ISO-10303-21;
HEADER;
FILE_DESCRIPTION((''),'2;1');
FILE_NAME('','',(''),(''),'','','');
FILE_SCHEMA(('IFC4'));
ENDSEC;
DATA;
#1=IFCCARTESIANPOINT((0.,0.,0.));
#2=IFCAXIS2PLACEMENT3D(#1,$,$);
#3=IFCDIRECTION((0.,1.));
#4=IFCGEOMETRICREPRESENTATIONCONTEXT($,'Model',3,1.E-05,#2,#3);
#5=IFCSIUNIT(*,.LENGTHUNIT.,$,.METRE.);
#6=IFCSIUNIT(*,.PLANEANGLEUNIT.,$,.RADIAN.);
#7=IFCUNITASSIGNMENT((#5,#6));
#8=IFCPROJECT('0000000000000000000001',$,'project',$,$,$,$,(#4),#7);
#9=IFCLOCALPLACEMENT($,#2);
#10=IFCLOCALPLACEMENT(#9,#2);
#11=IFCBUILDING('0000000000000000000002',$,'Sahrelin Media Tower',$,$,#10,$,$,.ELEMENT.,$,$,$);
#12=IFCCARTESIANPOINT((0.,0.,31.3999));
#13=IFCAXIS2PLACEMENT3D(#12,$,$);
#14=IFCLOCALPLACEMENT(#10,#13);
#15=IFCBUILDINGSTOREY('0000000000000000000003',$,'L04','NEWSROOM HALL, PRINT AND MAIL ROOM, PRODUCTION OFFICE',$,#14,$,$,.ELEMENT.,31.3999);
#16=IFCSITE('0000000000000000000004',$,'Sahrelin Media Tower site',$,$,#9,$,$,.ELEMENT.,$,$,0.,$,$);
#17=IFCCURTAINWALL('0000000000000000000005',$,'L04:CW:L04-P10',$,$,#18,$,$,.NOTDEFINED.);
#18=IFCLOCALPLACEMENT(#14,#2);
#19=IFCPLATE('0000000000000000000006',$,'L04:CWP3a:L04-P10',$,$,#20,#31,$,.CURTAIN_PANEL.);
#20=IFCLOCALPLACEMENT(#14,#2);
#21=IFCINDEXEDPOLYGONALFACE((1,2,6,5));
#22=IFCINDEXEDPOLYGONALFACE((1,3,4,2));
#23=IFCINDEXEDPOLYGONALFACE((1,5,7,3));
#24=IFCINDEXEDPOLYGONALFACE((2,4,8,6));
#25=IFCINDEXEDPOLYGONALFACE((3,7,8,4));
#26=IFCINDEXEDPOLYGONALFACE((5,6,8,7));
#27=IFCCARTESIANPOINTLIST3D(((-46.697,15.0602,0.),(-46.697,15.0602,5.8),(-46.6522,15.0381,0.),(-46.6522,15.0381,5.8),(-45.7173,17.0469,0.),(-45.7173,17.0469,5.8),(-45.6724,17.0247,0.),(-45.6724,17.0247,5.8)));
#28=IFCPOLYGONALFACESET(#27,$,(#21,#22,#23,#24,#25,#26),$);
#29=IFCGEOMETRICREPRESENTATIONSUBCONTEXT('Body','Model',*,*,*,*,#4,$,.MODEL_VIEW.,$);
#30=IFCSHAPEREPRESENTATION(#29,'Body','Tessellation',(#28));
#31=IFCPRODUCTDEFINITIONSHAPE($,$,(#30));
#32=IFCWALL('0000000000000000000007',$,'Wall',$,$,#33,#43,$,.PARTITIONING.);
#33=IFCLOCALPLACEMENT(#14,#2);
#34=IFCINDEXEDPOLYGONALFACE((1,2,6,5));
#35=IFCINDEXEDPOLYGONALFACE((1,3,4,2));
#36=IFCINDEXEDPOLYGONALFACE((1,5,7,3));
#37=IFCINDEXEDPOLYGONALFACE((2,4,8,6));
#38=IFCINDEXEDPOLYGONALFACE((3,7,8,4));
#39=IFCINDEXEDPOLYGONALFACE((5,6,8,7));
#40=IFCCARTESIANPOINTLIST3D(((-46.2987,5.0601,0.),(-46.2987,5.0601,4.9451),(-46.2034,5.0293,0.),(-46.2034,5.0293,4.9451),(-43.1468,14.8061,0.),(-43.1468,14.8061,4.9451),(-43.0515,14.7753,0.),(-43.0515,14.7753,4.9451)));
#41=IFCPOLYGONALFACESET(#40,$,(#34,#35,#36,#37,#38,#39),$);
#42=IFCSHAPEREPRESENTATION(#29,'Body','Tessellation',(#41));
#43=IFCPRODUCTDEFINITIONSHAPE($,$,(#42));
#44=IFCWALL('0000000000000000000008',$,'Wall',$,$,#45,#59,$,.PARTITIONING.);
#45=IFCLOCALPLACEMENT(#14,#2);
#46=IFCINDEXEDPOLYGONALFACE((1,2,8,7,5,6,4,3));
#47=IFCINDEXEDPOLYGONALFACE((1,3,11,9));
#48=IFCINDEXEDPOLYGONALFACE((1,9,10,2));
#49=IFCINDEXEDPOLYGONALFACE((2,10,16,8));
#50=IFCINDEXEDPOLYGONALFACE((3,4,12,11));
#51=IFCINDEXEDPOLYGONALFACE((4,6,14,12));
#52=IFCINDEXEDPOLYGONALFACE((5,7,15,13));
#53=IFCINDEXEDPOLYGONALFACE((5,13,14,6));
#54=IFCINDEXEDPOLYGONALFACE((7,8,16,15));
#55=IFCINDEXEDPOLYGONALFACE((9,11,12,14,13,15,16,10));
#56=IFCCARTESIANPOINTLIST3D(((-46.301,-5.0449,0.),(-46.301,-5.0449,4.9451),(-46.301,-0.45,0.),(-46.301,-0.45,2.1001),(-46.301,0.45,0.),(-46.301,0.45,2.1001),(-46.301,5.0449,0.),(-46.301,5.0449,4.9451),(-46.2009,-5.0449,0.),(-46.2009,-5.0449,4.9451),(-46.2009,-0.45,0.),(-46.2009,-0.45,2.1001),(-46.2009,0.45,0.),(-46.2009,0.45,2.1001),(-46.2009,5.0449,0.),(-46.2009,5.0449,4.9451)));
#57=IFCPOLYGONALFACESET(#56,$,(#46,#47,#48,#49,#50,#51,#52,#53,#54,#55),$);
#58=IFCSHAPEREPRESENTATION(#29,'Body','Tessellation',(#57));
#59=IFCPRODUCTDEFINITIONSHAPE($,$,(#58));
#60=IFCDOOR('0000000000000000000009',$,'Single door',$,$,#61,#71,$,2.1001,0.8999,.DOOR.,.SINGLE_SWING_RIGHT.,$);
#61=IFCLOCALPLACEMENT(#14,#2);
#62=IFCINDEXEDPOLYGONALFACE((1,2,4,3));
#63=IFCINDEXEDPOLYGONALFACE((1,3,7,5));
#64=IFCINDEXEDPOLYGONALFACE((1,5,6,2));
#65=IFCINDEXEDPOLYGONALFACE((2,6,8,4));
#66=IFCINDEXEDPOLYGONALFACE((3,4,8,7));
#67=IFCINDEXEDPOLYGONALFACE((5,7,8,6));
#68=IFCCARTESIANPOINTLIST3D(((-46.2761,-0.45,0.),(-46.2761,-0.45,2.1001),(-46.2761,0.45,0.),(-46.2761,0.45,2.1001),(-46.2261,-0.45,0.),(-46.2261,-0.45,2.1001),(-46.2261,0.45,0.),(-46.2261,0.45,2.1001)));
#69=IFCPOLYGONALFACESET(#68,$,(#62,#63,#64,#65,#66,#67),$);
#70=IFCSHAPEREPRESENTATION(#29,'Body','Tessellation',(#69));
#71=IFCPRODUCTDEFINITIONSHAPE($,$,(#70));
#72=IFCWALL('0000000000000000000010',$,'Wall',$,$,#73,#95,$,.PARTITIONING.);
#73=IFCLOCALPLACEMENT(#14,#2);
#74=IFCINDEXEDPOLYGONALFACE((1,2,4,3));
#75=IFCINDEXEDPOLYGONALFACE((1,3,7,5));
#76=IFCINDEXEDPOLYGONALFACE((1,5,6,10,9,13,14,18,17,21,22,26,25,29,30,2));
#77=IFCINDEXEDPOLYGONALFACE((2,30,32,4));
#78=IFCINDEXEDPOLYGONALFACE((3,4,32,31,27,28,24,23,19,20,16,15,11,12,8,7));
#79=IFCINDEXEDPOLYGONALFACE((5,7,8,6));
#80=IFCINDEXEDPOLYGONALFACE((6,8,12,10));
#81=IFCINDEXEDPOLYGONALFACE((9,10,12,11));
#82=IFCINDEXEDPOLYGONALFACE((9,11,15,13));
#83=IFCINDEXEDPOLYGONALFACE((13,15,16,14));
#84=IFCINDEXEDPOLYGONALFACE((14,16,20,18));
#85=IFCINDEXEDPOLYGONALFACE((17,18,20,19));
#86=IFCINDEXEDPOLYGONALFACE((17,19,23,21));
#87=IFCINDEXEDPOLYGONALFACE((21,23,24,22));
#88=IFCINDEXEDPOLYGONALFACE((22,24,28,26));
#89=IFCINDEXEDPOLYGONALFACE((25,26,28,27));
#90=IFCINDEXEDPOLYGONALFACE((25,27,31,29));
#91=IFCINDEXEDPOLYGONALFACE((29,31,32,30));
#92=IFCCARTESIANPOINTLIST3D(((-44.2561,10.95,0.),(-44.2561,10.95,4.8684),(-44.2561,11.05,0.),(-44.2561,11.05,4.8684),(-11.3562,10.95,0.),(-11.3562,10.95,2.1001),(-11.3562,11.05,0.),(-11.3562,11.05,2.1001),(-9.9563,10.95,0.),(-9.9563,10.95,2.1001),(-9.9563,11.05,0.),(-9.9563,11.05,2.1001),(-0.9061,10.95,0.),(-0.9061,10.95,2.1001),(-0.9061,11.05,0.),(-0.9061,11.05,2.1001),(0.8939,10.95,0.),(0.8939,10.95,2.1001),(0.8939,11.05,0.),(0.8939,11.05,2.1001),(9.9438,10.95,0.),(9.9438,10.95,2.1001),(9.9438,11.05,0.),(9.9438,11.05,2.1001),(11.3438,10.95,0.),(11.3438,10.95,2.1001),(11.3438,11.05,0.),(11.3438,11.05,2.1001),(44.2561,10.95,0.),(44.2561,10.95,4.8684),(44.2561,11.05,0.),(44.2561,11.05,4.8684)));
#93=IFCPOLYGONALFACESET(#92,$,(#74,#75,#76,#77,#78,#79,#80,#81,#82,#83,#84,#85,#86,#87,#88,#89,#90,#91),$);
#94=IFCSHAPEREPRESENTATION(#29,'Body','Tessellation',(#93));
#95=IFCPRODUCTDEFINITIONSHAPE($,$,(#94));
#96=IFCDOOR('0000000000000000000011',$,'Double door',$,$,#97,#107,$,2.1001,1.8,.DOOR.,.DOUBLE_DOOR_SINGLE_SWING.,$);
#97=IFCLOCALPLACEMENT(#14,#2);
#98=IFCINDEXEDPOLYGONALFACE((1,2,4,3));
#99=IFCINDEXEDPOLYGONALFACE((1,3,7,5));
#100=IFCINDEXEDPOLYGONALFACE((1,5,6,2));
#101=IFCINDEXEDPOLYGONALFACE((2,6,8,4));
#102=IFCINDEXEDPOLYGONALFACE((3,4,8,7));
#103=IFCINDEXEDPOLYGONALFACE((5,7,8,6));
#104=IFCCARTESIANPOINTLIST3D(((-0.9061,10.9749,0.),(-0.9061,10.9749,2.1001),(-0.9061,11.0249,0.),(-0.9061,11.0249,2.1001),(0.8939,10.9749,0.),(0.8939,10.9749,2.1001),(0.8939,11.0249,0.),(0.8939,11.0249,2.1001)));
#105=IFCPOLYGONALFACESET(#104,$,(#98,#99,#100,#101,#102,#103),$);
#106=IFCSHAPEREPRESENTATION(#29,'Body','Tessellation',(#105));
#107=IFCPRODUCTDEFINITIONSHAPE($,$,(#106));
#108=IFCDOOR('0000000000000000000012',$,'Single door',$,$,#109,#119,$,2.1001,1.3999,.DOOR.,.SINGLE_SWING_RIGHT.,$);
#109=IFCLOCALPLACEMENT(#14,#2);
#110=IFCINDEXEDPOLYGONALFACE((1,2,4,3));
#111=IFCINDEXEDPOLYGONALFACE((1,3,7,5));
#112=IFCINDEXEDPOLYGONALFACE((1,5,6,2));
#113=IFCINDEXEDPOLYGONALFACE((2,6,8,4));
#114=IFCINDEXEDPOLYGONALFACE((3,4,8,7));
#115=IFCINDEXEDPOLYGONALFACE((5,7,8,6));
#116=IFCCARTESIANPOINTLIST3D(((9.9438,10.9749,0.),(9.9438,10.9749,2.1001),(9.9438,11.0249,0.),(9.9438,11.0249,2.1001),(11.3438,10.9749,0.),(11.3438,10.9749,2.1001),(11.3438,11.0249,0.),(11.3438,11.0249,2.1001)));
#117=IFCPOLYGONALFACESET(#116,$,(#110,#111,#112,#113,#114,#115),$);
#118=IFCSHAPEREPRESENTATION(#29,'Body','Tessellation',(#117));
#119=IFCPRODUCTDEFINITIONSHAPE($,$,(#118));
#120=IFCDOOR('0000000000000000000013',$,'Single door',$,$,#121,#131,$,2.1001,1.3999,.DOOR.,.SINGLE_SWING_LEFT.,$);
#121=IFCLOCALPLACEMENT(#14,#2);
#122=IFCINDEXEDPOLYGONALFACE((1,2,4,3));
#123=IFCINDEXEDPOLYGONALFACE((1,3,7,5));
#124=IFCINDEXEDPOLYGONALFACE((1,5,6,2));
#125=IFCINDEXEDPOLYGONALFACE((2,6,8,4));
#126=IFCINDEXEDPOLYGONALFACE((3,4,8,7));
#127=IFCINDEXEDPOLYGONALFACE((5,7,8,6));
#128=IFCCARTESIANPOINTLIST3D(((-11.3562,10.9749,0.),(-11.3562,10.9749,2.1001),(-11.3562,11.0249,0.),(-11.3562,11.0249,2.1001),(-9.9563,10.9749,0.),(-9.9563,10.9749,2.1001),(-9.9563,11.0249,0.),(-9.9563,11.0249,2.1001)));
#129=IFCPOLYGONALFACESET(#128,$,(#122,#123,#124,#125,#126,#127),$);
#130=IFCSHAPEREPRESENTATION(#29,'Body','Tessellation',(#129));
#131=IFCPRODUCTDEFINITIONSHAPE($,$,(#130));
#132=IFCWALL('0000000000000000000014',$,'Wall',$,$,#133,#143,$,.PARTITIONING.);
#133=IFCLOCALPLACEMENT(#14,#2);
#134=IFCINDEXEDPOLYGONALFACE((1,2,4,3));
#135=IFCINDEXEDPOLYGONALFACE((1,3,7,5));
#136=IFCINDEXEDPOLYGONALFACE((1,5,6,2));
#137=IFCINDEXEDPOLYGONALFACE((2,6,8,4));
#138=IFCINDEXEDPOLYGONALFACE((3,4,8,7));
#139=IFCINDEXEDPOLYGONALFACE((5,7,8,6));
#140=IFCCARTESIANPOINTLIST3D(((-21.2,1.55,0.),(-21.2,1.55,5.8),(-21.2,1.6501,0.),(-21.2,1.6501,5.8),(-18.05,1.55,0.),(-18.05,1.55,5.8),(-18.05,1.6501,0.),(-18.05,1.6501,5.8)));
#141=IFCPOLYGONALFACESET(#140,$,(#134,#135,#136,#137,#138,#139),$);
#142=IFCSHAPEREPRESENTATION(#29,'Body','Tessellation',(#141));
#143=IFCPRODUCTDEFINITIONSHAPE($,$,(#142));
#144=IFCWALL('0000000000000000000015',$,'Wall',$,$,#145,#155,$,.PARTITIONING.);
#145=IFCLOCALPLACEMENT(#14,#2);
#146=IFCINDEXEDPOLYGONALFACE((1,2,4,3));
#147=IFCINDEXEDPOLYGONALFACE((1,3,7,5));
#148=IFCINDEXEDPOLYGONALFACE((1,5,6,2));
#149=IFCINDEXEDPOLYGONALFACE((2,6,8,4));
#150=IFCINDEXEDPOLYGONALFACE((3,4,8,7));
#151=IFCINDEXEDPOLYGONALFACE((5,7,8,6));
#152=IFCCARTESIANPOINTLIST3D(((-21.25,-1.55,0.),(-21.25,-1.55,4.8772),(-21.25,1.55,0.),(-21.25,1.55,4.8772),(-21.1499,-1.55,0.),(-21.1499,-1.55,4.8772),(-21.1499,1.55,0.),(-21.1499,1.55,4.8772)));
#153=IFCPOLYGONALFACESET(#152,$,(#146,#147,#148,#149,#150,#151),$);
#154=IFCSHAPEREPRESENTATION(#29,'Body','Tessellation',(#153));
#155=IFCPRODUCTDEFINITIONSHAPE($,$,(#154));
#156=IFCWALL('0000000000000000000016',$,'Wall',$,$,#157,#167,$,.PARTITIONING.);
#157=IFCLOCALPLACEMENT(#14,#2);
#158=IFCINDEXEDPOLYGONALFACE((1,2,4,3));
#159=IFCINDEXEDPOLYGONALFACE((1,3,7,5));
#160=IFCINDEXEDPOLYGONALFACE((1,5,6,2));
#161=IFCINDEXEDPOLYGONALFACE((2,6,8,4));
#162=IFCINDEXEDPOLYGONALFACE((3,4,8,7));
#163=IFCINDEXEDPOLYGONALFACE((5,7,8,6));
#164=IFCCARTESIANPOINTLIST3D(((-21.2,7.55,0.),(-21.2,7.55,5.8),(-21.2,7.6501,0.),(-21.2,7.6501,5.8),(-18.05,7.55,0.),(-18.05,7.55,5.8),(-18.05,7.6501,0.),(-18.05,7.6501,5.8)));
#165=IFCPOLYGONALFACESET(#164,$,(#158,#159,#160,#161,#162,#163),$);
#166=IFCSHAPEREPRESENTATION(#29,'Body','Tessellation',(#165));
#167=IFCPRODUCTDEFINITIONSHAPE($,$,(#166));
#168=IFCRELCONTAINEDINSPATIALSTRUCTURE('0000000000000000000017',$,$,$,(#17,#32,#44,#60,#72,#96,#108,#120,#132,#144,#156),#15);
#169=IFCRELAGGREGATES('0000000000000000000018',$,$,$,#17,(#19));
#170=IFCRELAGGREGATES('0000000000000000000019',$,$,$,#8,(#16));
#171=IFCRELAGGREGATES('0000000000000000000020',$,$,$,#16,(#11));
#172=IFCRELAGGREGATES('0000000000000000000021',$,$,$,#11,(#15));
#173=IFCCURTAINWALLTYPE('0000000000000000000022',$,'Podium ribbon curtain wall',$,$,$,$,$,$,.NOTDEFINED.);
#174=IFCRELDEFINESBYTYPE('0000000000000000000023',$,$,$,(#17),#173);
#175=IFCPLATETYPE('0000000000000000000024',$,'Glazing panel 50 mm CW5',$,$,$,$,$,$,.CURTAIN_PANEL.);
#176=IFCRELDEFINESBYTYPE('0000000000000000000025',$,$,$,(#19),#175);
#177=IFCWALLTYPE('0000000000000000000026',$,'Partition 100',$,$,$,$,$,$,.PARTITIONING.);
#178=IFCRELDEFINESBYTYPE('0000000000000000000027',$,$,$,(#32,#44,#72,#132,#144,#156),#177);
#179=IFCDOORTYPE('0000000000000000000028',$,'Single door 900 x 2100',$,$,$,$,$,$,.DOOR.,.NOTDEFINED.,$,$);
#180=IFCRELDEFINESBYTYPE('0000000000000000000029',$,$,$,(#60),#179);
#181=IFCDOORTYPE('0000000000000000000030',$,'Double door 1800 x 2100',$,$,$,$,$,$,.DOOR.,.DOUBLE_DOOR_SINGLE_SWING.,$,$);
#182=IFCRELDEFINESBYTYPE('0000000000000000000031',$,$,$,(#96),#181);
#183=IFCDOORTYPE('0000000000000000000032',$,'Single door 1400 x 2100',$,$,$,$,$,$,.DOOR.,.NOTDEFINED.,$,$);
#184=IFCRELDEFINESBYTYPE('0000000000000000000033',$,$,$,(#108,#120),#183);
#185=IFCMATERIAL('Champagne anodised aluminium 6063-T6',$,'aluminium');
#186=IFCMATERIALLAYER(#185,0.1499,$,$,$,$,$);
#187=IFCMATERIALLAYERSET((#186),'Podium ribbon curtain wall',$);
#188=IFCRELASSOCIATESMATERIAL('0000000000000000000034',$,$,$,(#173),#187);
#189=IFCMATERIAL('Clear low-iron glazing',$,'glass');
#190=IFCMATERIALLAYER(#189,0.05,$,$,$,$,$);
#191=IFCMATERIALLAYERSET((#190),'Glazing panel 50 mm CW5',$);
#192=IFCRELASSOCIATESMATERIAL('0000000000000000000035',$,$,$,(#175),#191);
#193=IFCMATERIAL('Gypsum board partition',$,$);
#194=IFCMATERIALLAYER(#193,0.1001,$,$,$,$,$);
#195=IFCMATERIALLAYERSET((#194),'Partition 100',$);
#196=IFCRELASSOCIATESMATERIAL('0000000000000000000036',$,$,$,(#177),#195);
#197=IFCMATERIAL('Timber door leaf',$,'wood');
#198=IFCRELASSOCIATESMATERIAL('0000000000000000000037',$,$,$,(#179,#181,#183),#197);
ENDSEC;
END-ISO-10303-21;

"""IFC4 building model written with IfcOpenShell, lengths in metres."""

from ifc_helpers import new_model, si_unit, direction, frame, frame_2d, origin, place, context, subcontext, project, spatial, polyline, rectangle, outline, extrude, material, layer, layer_set, type_object, element, fill, aggregate, save


model = new_model("IFC4")

# Units and contexts
model_context = context("Model", 3, precision=1e-05, world=origin(), true_north=direction((0.0, 1.0)))
body_context = subcontext(model_context, "Body", "Model", "MODEL_VIEW")
ifc_project = project(units=[si_unit("LENGTHUNIT", "METRE"), si_unit("PLANEANGLEUNIT", "RADIAN")], contexts=[model_context])

# Site, building, storey
site_placement = place(None, origin())
site = spatial("IfcSite", under=ifc_project, at=site_placement, Name="Sahrelin Media Tower site", CompositionType="ELEMENT", RefElevation=0.0)
building_placement = place(site_placement, origin())
building = spatial("IfcBuilding", under=site, at=building_placement, Name="Sahrelin Media Tower", CompositionType="ELEMENT")
storey_placement = place(building_placement, frame((0.0, 0.0, 31.3999)))
storey = spatial("IfcBuildingStorey", under=building, at=storey_placement, Name="L04", Description="NEWSROOM HALL, PRINT AND MAIL ROOM, PRODUCTION OFFICE", CompositionType="ELEMENT", Elevation=31.3999)

# Curtain wall
ifc_material_1 = material(Name="Champagne anodised aluminium 6063-T6", Category="aluminium")
ifc_layer_1 = layer(ifc_material_1, 0.1499)
ifc_layer_set_1 = layer_set([ifc_layer_1], Name="Podium ribbon curtain wall")
curtain_wall_type = type_object("IfcCurtainWallType", Name="Podium ribbon curtain wall", PredefinedType="NOTDEFINED", material=ifc_layer_set_1)
curtain_wall_placement = place(storey_placement, frame((-43.3013, 21.0, 0.0), z_axis=(0.0, 0.0, 1.0), x_axis=(1.0, 0.0, 0.0)))
curtain_wall = element("IfcCurtainWall", 1, at=curtain_wall_placement, inside=storey, type_object=curtain_wall_type, Name="L04:CW:L04-P10", PredefinedType="NOTDEFINED")

# Plate
ifc_material_2 = material(Name="Clear low-iron glazing", Category="glass")
ifc_layer_2 = layer(ifc_material_2, 0.05)
ifc_layer_set_2 = layer_set([ifc_layer_2], Name="Glazing panel 50 mm CW5")
plate_type = type_object("IfcPlateType", Name="Glazing panel 50 mm CW5", PredefinedType="CURTAIN_PANEL", material=ifc_layer_set_2)
plate_1_placement = place(storey_placement, frame((-45.7173, 17.0469, 0.0), z_axis=(-0.896861, 0.442313, 0.0), x_axis=(-0.442313, -0.896861, 0.0)))
plate_1 = element("IfcPlate", 2, at=plate_1_placement, type_object=plate_type, Name="L04:CWP3a:L04-P10", PredefinedType="CURTAIN_PANEL", context=body_context, shape_type="SweptSolid", body=[
    extrude(outline(polyline([(0.0, 0.0), (2.2151, 0.0), (2.2151, 5.8), (0.0, 5.8), (0.0, 0.0)])), origin(), (0.0, 0.0, -1.0), 0.05),
])
aggregate(curtain_wall, [plate_1])

# Wall
ifc_material_3 = material(Name="Gypsum board partition")
ifc_layer_3 = layer(ifc_material_3, 0.1001)
ifc_layer_set_3 = layer_set([ifc_layer_3], Name="Partition 100")
wall_type = type_object("IfcWallType", Name="Partition 100", PredefinedType="PARTITIONING", material=ifc_layer_set_3)
wall_1_placement = place(storey_placement, frame((-43.0991, 14.7908, 0.0), z_axis=(0.0, 0.0, 1.0), x_axis=(-0.307713, -0.951479, 0.0)))
element("IfcWall", 3, at=wall_1_placement, inside=storey, type_object=wall_type, Name="Wall", PredefinedType="PARTITIONING", context=body_context, shape_type="SweptSolid", body=[
    extrude(rectangle(XDim=10.2429, YDim=0.1001, at=frame_2d((5.1216, 0.0))), origin(), (0.0, 0.0, 1.0), 4.9451),
])

# Wall, opening, door
wall_2_placement = place(storey_placement, frame((-46.251, 5.0449, 0.0), z_axis=(0.0, 0.0, 1.0), x_axis=(0.0, -1.0, 0.0)))
wall_2 = element("IfcWall", 4, at=wall_2_placement, inside=storey, type_object=wall_type, Name="Wall", PredefinedType="PARTITIONING", context=body_context, shape_type="SweptSolid", body=[
    extrude(rectangle(XDim=10.0898, YDim=0.1001, at=frame_2d((5.0449, 0.0))), origin(), (0.0, 0.0, 1.0), 4.9451),
])
opening_1_placement = place(wall_2_placement, frame((4.595, 0.0, 0.0)))
opening_1 = element("IfcOpeningElement", 5, at=opening_1_placement, cuts=wall_2, PredefinedType="OPENING", context=body_context, shape_type="SweptSolid", body=[
    extrude(rectangle(XDim=0.8999, YDim=2.1001, at=frame_2d((0.45, 1.05))), frame((0.0, 0.05, 0.0), z_axis=(0.0, -1.0, 0.0), x_axis=(1.0, 0.0, 0.0)), (0.0, 0.0, 1.0), 0.1001),
])
ifc_material_4 = material(Name="Timber door leaf", Category="wood")
door_type_1 = type_object("IfcDoorType", Name="Single door 900 x 2100", OperationType="NOTDEFINED", PredefinedType="DOOR", material=ifc_material_4)
door_1_placement = place(opening_1_placement, origin())
door_1 = element("IfcDoor", 6, at=door_1_placement, inside=storey, type_object=door_type_1, Name="Single door", OperationType="SINGLE_SWING_RIGHT", OverallHeight=2.1001, OverallWidth=0.8999, PredefinedType="DOOR", context=body_context, shape_type="SweptSolid", body=[
    extrude(rectangle(XDim=0.8999, YDim=2.1001, at=frame_2d((0.45, 1.05))), frame((0.0, 0.0249, 0.0), z_axis=(0.0, -1.0, 0.0), x_axis=(1.0, 0.0, 0.0)), (0.0, 0.0, 1.0), 0.05),
])
fill(opening_1, door_1)

# Wall, openings, doors
wall_3_placement = place(storey_placement, frame((-44.2561, 11.0, 0.0), z_axis=(0.0, 0.0, 1.0), x_axis=(1.0, 0.0, 0.0)))
wall_3 = element("IfcWall", 7, at=wall_3_placement, inside=storey, type_object=wall_type, Name="Wall", PredefinedType="PARTITIONING", context=body_context, shape_type="SweptSolid", body=[
    extrude(rectangle(XDim=88.5122, YDim=0.1001, at=frame_2d((44.2561, 0.0))), origin(), (0.0, 0.0, 1.0), 4.8684),
])
opening_2_placement = place(wall_3_placement, frame((54.2, 0.0, 0.0)))
opening_2 = element("IfcOpeningElement", 8, at=opening_2_placement, cuts=wall_3, PredefinedType="OPENING", context=body_context, shape_type="SweptSolid", body=[
    extrude(rectangle(XDim=1.3999, YDim=2.1001, at=frame_2d((0.7, 1.05))), frame((0.0, 0.05, 0.0), z_axis=(0.0, -1.0, 0.0), x_axis=(1.0, 0.0, 0.0)), (0.0, 0.0, 1.0), 0.1001),
])
opening_3_placement = place(wall_3_placement, frame((32.8999, 0.0, 0.0)))
opening_3 = element("IfcOpeningElement", 9, at=opening_3_placement, cuts=wall_3, PredefinedType="OPENING", context=body_context, shape_type="SweptSolid", body=[
    extrude(rectangle(XDim=1.3999, YDim=2.1001, at=frame_2d((0.7, 1.05))), frame((0.0, 0.05, 0.0), z_axis=(0.0, -1.0, 0.0), x_axis=(1.0, 0.0, 0.0)), (0.0, 0.0, 1.0), 0.1001),
])
opening_4_placement = place(wall_3_placement, frame((43.3501, 0.0, 0.0)))
opening_4 = element("IfcOpeningElement", 10, at=opening_4_placement, cuts=wall_3, PredefinedType="OPENING", context=body_context, shape_type="SweptSolid", body=[
    extrude(rectangle(XDim=1.8, YDim=2.1001, at=frame_2d((0.8999, 1.05))), frame((0.0, 0.05, 0.0), z_axis=(0.0, -1.0, 0.0), x_axis=(1.0, 0.0, 0.0)), (0.0, 0.0, 1.0), 0.1001),
])
door_type_2 = type_object("IfcDoorType", Name="Double door 1800 x 2100", OperationType="DOUBLE_DOOR_SINGLE_SWING", PredefinedType="DOOR", material=ifc_material_4)
door_2_placement = place(opening_4_placement, origin())
door_2 = element("IfcDoor", 11, at=door_2_placement, inside=storey, type_object=door_type_2, Name="Double door", OperationType="DOUBLE_DOOR_SINGLE_SWING", OverallHeight=2.1001, OverallWidth=1.8, PredefinedType="DOOR", context=body_context, shape_type="SweptSolid", body=[
    extrude(rectangle(XDim=1.8, YDim=2.1001, at=frame_2d((0.8999, 1.05))), frame((0.0, 0.0249, 0.0), z_axis=(0.0, -1.0, 0.0), x_axis=(1.0, 0.0, 0.0)), (0.0, 0.0, 1.0), 0.05),
])
fill(opening_4, door_2)
door_type_3 = type_object("IfcDoorType", Name="Single door 1400 x 2100", OperationType="NOTDEFINED", PredefinedType="DOOR", material=ifc_material_4)
door_3_placement = place(opening_2_placement, origin())
door_3 = element("IfcDoor", 12, at=door_3_placement, inside=storey, type_object=door_type_3, Name="Single door", OperationType="SINGLE_SWING_RIGHT", OverallHeight=2.1001, OverallWidth=1.3999, PredefinedType="DOOR", context=body_context, shape_type="SweptSolid", body=[
    extrude(rectangle(XDim=1.3999, YDim=2.1001, at=frame_2d((0.7, 1.05))), frame((0.0, 0.0249, 0.0), z_axis=(0.0, -1.0, 0.0), x_axis=(1.0, 0.0, 0.0)), (0.0, 0.0, 1.0), 0.05),
])
fill(opening_2, door_3)
door_4_placement = place(opening_3_placement, origin())
door_4 = element("IfcDoor", 13, at=door_4_placement, inside=storey, type_object=door_type_3, Name="Single door", OperationType="SINGLE_SWING_LEFT", OverallHeight=2.1001, OverallWidth=1.3999, PredefinedType="DOOR", context=body_context, shape_type="SweptSolid", body=[
    extrude(rectangle(XDim=1.3999, YDim=2.1001, at=frame_2d((0.7, 1.05))), frame((0.0, 0.0249, 0.0), z_axis=(0.0, -1.0, 0.0), x_axis=(1.0, 0.0, 0.0)), (0.0, 0.0, 1.0), 0.05),
])
fill(opening_3, door_4)

# Walls
wall_4_placement = place(storey_placement, frame((-18.05, 1.6001, 0.0), z_axis=(0.0, 0.0, 1.0), x_axis=(-1.0, 0.0, 0.0)))
element("IfcWall", 14, at=wall_4_placement, inside=storey, type_object=wall_type, Name="Wall", PredefinedType="PARTITIONING", context=body_context, shape_type="SweptSolid", body=[
    extrude(rectangle(XDim=3.1499, YDim=0.1001, at=frame_2d((1.575, 0.0))), origin(), (0.0, 0.0, 1.0), 5.8),
])
wall_5_placement = place(storey_placement, frame((-21.2, 1.55, 0.0), z_axis=(0.0, 0.0, 1.0), x_axis=(0.0, -1.0, 0.0)))
element("IfcWall", 15, at=wall_5_placement, inside=storey, type_object=wall_type, Name="Wall", PredefinedType="PARTITIONING", context=body_context, shape_type="SweptSolid", body=[
    extrude(rectangle(XDim=3.1001, YDim=0.1001, at=frame_2d((1.55, 0.0))), origin(), (0.0, 0.0, 1.0), 4.8772),
])
wall_6_placement = place(storey_placement, frame((-18.05, 7.6001, 0.0), z_axis=(0.0, 0.0, 1.0), x_axis=(-1.0, 0.0, 0.0)))
element("IfcWall", 16, at=wall_6_placement, inside=storey, type_object=wall_type, Name="Wall", PredefinedType="PARTITIONING", context=body_context, shape_type="SweptSolid", body=[
    extrude(rectangle(XDim=3.1499, YDim=0.1001, at=frame_2d((1.575, 0.0))), origin(), (0.0, 0.0, 1.0), 5.8),
])

save(model, "model.ifc")
